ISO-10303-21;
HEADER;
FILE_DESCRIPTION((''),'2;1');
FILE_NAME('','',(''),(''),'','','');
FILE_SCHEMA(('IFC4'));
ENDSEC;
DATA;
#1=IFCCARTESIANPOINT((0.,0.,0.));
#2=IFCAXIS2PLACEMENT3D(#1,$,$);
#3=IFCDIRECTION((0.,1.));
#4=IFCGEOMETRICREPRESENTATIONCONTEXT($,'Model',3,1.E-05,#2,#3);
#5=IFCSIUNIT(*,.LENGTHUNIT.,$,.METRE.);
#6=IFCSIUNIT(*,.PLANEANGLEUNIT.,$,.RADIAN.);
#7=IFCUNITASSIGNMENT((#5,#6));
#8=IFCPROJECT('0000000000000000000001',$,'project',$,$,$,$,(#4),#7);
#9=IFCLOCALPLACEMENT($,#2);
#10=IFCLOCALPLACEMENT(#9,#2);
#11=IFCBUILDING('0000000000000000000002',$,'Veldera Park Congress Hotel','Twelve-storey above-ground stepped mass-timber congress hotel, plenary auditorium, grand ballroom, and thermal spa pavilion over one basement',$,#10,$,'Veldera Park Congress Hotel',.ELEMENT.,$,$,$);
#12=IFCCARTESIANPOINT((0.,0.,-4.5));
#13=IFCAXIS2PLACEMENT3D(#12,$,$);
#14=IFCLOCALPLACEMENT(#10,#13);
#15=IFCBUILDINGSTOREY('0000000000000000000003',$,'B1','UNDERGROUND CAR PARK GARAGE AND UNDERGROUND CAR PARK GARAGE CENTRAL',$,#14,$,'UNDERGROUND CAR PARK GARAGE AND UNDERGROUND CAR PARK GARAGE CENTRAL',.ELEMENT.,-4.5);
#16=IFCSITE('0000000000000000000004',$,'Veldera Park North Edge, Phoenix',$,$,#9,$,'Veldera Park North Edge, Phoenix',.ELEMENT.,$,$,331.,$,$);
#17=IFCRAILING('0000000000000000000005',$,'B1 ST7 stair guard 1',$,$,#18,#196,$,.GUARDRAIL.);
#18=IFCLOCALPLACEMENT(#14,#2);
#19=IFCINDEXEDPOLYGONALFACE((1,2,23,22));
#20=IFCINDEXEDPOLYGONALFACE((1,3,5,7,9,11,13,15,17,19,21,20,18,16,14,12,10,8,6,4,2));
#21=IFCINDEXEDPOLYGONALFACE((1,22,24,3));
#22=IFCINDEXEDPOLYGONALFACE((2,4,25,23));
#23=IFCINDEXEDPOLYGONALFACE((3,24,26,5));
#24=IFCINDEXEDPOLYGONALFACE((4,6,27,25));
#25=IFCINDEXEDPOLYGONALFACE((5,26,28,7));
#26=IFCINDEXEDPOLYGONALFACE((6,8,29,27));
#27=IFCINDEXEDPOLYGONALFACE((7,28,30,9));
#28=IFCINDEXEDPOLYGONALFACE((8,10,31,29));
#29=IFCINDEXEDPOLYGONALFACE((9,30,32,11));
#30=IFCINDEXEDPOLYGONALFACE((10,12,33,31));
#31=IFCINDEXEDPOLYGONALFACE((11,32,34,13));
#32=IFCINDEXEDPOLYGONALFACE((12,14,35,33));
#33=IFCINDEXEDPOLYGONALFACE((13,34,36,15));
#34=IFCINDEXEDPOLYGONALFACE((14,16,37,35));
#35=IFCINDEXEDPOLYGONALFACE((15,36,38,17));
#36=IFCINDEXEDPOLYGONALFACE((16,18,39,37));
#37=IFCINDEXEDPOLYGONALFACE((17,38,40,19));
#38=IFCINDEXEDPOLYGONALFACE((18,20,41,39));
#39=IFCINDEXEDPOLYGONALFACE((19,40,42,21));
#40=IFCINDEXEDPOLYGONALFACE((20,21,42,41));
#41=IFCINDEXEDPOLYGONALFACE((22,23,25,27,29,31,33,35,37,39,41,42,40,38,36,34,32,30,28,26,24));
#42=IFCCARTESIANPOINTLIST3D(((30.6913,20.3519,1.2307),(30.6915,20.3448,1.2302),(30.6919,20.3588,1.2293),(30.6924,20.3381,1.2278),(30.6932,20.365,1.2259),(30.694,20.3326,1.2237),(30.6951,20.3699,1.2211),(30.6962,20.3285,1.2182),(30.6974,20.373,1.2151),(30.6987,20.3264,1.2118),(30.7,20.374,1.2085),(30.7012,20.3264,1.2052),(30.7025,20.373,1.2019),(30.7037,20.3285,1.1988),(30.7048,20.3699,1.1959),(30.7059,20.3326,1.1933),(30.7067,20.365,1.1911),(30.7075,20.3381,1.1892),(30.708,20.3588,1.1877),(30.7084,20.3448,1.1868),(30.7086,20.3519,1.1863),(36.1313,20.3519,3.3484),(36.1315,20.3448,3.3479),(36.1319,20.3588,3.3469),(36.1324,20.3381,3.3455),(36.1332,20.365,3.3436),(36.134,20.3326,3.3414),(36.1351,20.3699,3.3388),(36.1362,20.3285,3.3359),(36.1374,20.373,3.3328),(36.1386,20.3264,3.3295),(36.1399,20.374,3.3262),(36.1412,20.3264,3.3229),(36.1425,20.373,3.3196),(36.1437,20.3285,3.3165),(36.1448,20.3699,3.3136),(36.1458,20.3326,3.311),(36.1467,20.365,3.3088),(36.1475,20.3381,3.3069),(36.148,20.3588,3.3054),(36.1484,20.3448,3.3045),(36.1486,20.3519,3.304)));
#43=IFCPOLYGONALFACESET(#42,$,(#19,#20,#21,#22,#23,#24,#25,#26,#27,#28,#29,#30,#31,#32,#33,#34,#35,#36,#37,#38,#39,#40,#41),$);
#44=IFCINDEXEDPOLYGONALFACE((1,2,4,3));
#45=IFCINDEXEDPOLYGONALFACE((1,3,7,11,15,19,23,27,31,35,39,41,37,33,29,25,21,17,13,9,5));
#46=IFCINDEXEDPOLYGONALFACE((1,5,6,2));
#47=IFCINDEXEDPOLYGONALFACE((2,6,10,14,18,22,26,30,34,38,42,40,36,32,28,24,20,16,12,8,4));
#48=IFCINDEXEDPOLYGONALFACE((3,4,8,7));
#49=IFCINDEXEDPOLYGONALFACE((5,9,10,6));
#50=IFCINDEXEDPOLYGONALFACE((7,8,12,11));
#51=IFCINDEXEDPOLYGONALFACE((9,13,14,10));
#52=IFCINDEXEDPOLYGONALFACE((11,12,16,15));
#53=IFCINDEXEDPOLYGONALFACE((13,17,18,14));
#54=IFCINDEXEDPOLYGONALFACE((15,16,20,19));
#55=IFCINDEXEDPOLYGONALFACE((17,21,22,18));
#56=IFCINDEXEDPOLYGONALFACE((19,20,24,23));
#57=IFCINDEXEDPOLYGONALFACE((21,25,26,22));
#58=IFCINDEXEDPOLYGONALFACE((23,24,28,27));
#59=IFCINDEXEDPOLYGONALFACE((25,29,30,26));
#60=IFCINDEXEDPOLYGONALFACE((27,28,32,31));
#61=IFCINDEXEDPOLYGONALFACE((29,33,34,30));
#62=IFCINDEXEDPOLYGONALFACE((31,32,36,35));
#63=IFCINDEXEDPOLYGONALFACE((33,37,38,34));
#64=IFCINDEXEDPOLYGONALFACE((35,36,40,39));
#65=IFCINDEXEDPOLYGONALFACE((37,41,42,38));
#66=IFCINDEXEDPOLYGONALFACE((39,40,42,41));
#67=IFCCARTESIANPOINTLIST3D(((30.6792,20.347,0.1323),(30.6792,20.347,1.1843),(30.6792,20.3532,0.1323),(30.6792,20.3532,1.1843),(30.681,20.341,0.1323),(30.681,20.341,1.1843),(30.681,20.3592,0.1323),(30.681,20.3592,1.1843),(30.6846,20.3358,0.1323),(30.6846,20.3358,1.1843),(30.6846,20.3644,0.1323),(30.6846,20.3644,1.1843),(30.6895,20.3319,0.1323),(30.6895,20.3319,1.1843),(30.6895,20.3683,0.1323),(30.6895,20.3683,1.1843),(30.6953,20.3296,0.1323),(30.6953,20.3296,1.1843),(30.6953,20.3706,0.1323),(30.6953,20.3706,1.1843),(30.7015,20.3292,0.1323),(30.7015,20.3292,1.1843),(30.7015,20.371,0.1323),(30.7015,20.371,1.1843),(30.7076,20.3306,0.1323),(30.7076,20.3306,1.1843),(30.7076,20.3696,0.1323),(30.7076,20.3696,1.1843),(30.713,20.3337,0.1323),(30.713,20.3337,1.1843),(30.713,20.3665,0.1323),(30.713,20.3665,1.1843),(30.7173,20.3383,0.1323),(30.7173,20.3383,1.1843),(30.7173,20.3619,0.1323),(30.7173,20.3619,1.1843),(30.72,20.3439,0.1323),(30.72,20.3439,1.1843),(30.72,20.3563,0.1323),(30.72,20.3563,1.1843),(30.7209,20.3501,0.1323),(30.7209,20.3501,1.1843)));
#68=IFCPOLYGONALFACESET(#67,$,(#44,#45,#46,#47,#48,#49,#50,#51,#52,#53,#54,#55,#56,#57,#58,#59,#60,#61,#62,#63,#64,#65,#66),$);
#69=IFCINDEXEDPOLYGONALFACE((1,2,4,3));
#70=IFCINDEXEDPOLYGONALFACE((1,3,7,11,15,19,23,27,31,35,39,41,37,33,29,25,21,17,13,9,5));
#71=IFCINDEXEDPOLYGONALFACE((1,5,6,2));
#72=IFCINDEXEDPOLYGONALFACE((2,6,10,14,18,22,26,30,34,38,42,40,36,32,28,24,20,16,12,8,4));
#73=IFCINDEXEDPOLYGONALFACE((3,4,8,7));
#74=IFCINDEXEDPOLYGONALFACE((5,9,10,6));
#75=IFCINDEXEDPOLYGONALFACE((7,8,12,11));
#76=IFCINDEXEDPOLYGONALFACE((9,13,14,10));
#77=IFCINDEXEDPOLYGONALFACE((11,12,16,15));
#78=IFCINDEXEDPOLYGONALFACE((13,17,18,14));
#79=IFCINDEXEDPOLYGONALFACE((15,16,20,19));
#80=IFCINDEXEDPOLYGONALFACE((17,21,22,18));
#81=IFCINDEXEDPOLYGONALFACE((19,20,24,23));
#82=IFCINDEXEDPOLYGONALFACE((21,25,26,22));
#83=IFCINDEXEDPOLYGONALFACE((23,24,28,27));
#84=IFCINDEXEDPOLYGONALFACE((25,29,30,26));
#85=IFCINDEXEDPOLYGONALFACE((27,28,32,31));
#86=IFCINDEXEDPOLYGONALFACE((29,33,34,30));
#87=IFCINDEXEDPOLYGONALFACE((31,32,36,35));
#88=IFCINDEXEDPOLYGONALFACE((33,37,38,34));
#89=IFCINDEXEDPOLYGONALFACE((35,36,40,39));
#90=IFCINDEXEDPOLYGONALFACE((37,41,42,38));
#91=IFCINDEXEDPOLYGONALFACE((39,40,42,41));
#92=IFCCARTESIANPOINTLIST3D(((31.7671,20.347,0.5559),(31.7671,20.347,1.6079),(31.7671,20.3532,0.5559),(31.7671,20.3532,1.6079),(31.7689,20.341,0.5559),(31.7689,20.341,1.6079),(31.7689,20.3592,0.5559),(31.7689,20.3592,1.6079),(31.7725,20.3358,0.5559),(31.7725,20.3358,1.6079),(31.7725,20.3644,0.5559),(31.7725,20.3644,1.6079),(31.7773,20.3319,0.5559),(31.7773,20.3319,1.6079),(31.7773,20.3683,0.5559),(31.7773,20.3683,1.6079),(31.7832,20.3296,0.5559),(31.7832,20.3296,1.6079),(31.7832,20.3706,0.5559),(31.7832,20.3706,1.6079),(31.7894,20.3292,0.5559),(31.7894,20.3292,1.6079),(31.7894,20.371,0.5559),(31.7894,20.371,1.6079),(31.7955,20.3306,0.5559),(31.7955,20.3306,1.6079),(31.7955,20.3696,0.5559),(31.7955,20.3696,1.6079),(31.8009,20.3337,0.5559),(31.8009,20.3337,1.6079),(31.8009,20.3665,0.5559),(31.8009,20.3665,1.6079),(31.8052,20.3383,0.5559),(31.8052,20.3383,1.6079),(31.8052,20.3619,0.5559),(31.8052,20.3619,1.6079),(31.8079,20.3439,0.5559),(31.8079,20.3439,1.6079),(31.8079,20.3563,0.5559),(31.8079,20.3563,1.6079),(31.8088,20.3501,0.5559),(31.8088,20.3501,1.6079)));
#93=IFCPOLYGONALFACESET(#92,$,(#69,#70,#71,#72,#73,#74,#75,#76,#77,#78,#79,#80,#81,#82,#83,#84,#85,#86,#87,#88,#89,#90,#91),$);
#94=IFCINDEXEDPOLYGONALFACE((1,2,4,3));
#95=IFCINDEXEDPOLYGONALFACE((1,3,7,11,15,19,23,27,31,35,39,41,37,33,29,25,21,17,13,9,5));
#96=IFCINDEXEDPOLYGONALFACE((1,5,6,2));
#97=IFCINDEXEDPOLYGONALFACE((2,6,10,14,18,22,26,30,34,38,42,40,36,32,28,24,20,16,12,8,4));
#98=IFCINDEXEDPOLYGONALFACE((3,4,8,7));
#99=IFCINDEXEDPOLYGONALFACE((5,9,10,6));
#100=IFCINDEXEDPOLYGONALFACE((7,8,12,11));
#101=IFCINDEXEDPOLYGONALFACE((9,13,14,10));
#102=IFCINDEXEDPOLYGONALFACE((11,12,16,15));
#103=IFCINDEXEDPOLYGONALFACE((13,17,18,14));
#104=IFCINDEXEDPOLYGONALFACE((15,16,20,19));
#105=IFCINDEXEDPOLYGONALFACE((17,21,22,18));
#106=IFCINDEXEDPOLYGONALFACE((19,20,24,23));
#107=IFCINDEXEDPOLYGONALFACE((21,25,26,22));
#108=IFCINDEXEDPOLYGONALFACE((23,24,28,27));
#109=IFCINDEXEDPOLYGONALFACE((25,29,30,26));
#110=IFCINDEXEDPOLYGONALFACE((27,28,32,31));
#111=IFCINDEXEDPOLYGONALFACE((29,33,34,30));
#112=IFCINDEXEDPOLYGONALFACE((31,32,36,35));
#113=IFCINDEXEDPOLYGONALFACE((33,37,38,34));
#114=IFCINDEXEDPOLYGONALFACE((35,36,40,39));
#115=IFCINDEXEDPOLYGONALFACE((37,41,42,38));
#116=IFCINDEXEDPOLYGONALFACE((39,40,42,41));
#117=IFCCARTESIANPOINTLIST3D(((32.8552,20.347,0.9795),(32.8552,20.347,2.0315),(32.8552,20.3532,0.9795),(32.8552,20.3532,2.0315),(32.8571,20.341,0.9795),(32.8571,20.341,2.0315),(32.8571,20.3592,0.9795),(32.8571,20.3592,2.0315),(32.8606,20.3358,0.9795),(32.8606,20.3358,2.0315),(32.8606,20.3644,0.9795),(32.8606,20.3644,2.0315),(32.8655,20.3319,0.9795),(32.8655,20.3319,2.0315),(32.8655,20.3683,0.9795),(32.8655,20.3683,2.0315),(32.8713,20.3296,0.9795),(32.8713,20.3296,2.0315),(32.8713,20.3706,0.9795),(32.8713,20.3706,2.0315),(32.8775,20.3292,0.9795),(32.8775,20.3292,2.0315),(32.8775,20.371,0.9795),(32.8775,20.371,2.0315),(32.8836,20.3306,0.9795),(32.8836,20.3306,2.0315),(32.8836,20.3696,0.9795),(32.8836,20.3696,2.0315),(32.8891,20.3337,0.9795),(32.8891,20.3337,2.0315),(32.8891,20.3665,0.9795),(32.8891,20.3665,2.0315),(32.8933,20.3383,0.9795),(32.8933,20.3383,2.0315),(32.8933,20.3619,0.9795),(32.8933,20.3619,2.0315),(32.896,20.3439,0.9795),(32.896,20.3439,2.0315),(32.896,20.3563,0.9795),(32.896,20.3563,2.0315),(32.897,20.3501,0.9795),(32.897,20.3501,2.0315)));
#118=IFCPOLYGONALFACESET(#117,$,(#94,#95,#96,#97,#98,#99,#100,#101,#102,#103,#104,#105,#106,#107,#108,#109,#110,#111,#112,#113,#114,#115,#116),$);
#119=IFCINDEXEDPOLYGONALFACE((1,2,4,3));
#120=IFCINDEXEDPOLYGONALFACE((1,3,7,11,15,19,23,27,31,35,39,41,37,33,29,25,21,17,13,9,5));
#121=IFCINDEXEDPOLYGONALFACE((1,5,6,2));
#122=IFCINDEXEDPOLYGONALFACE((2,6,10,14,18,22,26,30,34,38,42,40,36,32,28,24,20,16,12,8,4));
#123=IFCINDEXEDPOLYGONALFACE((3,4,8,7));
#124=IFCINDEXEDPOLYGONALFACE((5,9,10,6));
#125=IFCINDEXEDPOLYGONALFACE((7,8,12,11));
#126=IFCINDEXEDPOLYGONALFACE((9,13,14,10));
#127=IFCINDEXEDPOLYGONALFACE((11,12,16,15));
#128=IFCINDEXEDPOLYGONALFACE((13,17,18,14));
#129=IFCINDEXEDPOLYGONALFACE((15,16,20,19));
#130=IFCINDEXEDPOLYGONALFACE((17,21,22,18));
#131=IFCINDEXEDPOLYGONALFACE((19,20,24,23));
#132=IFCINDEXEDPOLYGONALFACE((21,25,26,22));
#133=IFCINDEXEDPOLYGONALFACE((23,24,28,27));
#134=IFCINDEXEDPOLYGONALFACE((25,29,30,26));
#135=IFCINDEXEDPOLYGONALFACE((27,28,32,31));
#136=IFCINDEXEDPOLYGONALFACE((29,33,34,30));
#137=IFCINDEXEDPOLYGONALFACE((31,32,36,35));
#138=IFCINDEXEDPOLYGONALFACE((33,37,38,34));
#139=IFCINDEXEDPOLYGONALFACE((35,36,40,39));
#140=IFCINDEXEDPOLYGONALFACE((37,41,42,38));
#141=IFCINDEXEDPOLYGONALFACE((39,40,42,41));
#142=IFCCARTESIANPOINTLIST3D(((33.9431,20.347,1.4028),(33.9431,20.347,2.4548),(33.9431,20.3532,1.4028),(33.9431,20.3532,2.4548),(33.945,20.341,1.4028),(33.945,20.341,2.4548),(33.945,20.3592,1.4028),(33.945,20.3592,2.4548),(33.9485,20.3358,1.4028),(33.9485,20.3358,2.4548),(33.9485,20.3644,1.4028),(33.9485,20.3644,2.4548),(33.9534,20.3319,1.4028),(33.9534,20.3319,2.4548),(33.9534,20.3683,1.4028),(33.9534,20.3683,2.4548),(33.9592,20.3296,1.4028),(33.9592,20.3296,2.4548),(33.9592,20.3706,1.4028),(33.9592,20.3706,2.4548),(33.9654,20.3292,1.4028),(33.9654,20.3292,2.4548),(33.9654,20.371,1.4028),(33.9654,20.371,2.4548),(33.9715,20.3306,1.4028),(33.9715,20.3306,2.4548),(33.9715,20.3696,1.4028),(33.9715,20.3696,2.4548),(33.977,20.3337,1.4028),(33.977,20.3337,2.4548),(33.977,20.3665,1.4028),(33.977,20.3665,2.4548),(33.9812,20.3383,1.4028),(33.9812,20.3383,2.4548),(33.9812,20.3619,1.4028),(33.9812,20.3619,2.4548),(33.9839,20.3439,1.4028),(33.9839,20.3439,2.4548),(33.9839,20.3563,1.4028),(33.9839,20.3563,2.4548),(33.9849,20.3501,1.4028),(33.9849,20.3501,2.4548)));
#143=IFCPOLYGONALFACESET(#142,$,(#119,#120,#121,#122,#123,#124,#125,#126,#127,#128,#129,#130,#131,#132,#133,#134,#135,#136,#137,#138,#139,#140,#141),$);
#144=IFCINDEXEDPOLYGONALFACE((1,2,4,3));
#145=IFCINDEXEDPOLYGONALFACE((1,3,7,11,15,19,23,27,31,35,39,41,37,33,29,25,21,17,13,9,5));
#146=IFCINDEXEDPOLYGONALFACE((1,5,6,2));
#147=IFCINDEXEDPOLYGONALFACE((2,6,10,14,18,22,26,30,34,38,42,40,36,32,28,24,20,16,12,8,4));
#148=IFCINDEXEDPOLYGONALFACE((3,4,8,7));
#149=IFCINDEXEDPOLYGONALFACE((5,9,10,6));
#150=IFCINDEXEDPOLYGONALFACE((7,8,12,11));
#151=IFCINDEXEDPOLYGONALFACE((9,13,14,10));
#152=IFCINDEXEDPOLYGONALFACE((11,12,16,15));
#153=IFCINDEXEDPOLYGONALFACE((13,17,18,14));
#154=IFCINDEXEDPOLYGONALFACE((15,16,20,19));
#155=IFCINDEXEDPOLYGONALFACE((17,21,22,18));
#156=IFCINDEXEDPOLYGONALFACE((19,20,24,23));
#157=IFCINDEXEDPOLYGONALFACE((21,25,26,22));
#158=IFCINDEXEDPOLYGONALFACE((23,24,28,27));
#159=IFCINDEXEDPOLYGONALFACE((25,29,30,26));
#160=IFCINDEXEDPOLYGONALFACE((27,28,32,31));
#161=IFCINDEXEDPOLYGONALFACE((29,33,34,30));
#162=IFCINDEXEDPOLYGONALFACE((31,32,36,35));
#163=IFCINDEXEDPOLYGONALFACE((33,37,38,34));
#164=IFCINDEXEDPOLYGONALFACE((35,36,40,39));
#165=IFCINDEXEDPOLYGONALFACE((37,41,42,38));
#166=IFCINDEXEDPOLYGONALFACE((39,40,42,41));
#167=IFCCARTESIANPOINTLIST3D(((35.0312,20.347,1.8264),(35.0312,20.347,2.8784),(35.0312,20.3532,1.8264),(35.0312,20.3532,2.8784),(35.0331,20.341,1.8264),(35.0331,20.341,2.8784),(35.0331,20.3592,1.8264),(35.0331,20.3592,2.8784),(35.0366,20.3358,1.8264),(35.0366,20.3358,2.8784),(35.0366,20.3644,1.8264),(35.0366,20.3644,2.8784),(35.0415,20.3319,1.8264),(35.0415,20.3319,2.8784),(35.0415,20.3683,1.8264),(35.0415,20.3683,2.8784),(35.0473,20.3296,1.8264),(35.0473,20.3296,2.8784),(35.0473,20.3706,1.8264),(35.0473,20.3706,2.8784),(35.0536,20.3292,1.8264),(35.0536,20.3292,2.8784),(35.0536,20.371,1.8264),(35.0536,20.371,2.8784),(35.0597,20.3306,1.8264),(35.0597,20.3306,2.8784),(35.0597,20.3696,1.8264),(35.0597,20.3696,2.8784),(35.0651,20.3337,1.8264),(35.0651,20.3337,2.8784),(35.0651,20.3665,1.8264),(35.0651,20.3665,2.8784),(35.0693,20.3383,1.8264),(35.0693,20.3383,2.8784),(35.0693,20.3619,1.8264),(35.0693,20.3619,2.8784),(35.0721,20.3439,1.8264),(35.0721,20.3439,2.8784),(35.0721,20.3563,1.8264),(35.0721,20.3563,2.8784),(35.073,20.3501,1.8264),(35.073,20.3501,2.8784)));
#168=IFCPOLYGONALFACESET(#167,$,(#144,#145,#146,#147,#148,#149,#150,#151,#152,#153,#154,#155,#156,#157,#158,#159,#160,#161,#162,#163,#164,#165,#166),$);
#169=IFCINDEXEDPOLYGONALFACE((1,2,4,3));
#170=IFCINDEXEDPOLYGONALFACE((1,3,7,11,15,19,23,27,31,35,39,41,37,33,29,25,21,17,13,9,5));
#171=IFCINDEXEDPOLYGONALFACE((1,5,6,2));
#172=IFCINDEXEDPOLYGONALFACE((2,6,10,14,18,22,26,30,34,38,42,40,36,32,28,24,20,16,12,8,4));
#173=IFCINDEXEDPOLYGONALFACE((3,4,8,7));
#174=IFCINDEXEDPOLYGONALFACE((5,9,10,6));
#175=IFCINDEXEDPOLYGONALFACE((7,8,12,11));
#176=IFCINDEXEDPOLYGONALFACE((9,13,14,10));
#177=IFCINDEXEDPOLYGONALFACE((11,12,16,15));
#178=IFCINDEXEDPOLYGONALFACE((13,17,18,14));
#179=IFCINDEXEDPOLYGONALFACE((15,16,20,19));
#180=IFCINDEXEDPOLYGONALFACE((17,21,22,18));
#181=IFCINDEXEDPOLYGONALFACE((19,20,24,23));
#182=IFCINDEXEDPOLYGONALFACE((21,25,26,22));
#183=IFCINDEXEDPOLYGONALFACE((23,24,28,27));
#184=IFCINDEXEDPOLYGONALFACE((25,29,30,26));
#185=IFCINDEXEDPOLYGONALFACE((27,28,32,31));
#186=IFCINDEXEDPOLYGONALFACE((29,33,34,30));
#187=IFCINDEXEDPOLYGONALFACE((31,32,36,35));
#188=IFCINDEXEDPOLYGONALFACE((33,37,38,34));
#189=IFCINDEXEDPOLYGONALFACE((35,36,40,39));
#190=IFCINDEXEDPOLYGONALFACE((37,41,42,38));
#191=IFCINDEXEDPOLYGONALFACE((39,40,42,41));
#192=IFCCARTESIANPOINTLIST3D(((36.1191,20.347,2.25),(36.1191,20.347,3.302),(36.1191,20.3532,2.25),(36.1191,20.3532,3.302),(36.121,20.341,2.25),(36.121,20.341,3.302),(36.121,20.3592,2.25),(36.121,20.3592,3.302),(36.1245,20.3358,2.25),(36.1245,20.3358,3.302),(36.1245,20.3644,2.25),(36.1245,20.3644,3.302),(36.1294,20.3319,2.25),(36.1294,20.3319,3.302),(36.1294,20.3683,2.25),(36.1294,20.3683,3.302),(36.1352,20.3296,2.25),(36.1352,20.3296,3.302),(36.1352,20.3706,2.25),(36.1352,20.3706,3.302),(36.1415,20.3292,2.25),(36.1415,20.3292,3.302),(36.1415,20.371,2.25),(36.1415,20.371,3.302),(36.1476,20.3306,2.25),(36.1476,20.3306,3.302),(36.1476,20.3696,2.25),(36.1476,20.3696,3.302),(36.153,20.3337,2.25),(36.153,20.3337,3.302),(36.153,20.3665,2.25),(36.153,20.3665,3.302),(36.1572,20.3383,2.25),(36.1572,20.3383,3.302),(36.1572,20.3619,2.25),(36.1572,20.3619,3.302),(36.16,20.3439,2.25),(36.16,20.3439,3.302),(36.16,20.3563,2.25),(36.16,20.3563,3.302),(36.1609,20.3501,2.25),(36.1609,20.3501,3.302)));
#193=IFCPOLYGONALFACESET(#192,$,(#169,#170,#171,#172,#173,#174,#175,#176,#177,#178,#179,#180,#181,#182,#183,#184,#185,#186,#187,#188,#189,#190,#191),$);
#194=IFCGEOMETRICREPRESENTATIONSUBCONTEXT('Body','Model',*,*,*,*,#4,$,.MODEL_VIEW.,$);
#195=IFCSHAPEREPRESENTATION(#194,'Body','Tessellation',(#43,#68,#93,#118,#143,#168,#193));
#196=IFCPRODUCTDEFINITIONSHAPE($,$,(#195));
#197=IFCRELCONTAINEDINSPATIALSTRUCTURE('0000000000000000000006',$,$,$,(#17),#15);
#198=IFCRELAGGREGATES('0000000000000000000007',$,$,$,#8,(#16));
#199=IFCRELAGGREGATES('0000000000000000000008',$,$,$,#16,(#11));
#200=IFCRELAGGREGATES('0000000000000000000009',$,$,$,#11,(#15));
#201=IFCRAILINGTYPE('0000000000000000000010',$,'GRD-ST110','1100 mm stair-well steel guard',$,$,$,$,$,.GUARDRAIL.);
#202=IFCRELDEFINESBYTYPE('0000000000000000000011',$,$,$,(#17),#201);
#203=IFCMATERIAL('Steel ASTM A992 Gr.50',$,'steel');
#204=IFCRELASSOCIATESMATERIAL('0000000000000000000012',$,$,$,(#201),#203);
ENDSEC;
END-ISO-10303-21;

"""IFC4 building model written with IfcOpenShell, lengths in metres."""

from ifc_helpers import new_model, si_unit, direction, frame, origin, origin_2d, place, context, subcontext, project, spatial, circle, extrude, material, type_object, element, save


model = new_model("IFC4")

# Units and contexts
model_context = context("Model", 3, precision=1e-05, world=origin(), true_north=direction((0.0, 1.0)))
body_context = subcontext(model_context, "Body", "Model", "MODEL_VIEW")
ifc_project = project(units=[si_unit("LENGTHUNIT", "METRE"), si_unit("PLANEANGLEUNIT", "RADIAN")], contexts=[model_context])

# Site, building, storey
site_placement = place(None, origin())
site = spatial("IfcSite", under=ifc_project, at=site_placement, Name="Veldera Park North Edge, Phoenix", LongName="Veldera Park North Edge, Phoenix", CompositionType="ELEMENT", RefElevation=331.0)
building_placement = place(site_placement, origin())
building = spatial("IfcBuilding", under=site, at=building_placement, Name="Veldera Park Congress Hotel", Description="Twelve-storey above-ground stepped mass-timber congress hotel, plenary auditorium, grand ballroom, and thermal spa pavilion over one basement", LongName="Veldera Park Congress Hotel", CompositionType="ELEMENT")
storey_placement = place(building_placement, frame((0.0, 0.0, -4.5)))
storey = spatial("IfcBuildingStorey", under=building, at=storey_placement, Name="B1", Description="UNDERGROUND CAR PARK GARAGE AND UNDERGROUND CAR PARK GARAGE CENTRAL", LongName="UNDERGROUND CAR PARK GARAGE AND UNDERGROUND CAR PARK GARAGE CENTRAL", CompositionType="ELEMENT", Elevation=-4.5)

# Railing
ifc_material_1 = material(Name="Steel ASTM A992 Gr.50", Category="steel")
railing_type_1 = type_object("IfcRailingType", Name="GRD-ST110", Description="1100 mm stair-well steel guard", PredefinedType="GUARDRAIL", material=ifc_material_1)
railing_1_placement = place(storey_placement, frame((30.7, 20.3501, 0.1323)))
element("IfcRailing", 1, at=railing_1_placement, inside=storey, type_object=railing_type_1, Name="B1 ST7 stair guard 1", PredefinedType="GUARDRAIL", context=body_context, shape_type="SweptSolid", body=[
    extrude(circle(Radius=0.0239, at=origin_2d()), frame((0.0, 0.0, 1.0762), z_axis=(0.931881, 0.0, 0.362765), x_axis=(0.0, 1.0, 0.0)), (0.0, 0.0, 1.0), 5.8376),
    extrude(circle(Radius=0.021, at=origin_2d()), origin(), (0.0, 0.0, 1.0), 1.052),
    extrude(circle(Radius=0.021, at=origin_2d()), frame((1.0879, 0.0, 0.4236)), (0.0, 0.0, 1.0), 1.052),
    extrude(circle(Radius=0.021, at=origin_2d()), frame((2.176, 0.0, 0.8472)), (0.0, 0.0, 1.0), 1.052),
    extrude(circle(Radius=0.021, at=origin_2d()), frame((3.2639, 0.0, 1.2705)), (0.0, 0.0, 1.0), 1.052),
    extrude(circle(Radius=0.021, at=origin_2d()), frame((4.3521, 0.0, 1.6941)), (0.0, 0.0, 1.0), 1.052),
    extrude(circle(Radius=0.021, at=origin_2d()), frame((5.4399, 0.0, 2.1177)), (0.0, 0.0, 1.0), 1.052),
])

save(model, "model.ifc")
